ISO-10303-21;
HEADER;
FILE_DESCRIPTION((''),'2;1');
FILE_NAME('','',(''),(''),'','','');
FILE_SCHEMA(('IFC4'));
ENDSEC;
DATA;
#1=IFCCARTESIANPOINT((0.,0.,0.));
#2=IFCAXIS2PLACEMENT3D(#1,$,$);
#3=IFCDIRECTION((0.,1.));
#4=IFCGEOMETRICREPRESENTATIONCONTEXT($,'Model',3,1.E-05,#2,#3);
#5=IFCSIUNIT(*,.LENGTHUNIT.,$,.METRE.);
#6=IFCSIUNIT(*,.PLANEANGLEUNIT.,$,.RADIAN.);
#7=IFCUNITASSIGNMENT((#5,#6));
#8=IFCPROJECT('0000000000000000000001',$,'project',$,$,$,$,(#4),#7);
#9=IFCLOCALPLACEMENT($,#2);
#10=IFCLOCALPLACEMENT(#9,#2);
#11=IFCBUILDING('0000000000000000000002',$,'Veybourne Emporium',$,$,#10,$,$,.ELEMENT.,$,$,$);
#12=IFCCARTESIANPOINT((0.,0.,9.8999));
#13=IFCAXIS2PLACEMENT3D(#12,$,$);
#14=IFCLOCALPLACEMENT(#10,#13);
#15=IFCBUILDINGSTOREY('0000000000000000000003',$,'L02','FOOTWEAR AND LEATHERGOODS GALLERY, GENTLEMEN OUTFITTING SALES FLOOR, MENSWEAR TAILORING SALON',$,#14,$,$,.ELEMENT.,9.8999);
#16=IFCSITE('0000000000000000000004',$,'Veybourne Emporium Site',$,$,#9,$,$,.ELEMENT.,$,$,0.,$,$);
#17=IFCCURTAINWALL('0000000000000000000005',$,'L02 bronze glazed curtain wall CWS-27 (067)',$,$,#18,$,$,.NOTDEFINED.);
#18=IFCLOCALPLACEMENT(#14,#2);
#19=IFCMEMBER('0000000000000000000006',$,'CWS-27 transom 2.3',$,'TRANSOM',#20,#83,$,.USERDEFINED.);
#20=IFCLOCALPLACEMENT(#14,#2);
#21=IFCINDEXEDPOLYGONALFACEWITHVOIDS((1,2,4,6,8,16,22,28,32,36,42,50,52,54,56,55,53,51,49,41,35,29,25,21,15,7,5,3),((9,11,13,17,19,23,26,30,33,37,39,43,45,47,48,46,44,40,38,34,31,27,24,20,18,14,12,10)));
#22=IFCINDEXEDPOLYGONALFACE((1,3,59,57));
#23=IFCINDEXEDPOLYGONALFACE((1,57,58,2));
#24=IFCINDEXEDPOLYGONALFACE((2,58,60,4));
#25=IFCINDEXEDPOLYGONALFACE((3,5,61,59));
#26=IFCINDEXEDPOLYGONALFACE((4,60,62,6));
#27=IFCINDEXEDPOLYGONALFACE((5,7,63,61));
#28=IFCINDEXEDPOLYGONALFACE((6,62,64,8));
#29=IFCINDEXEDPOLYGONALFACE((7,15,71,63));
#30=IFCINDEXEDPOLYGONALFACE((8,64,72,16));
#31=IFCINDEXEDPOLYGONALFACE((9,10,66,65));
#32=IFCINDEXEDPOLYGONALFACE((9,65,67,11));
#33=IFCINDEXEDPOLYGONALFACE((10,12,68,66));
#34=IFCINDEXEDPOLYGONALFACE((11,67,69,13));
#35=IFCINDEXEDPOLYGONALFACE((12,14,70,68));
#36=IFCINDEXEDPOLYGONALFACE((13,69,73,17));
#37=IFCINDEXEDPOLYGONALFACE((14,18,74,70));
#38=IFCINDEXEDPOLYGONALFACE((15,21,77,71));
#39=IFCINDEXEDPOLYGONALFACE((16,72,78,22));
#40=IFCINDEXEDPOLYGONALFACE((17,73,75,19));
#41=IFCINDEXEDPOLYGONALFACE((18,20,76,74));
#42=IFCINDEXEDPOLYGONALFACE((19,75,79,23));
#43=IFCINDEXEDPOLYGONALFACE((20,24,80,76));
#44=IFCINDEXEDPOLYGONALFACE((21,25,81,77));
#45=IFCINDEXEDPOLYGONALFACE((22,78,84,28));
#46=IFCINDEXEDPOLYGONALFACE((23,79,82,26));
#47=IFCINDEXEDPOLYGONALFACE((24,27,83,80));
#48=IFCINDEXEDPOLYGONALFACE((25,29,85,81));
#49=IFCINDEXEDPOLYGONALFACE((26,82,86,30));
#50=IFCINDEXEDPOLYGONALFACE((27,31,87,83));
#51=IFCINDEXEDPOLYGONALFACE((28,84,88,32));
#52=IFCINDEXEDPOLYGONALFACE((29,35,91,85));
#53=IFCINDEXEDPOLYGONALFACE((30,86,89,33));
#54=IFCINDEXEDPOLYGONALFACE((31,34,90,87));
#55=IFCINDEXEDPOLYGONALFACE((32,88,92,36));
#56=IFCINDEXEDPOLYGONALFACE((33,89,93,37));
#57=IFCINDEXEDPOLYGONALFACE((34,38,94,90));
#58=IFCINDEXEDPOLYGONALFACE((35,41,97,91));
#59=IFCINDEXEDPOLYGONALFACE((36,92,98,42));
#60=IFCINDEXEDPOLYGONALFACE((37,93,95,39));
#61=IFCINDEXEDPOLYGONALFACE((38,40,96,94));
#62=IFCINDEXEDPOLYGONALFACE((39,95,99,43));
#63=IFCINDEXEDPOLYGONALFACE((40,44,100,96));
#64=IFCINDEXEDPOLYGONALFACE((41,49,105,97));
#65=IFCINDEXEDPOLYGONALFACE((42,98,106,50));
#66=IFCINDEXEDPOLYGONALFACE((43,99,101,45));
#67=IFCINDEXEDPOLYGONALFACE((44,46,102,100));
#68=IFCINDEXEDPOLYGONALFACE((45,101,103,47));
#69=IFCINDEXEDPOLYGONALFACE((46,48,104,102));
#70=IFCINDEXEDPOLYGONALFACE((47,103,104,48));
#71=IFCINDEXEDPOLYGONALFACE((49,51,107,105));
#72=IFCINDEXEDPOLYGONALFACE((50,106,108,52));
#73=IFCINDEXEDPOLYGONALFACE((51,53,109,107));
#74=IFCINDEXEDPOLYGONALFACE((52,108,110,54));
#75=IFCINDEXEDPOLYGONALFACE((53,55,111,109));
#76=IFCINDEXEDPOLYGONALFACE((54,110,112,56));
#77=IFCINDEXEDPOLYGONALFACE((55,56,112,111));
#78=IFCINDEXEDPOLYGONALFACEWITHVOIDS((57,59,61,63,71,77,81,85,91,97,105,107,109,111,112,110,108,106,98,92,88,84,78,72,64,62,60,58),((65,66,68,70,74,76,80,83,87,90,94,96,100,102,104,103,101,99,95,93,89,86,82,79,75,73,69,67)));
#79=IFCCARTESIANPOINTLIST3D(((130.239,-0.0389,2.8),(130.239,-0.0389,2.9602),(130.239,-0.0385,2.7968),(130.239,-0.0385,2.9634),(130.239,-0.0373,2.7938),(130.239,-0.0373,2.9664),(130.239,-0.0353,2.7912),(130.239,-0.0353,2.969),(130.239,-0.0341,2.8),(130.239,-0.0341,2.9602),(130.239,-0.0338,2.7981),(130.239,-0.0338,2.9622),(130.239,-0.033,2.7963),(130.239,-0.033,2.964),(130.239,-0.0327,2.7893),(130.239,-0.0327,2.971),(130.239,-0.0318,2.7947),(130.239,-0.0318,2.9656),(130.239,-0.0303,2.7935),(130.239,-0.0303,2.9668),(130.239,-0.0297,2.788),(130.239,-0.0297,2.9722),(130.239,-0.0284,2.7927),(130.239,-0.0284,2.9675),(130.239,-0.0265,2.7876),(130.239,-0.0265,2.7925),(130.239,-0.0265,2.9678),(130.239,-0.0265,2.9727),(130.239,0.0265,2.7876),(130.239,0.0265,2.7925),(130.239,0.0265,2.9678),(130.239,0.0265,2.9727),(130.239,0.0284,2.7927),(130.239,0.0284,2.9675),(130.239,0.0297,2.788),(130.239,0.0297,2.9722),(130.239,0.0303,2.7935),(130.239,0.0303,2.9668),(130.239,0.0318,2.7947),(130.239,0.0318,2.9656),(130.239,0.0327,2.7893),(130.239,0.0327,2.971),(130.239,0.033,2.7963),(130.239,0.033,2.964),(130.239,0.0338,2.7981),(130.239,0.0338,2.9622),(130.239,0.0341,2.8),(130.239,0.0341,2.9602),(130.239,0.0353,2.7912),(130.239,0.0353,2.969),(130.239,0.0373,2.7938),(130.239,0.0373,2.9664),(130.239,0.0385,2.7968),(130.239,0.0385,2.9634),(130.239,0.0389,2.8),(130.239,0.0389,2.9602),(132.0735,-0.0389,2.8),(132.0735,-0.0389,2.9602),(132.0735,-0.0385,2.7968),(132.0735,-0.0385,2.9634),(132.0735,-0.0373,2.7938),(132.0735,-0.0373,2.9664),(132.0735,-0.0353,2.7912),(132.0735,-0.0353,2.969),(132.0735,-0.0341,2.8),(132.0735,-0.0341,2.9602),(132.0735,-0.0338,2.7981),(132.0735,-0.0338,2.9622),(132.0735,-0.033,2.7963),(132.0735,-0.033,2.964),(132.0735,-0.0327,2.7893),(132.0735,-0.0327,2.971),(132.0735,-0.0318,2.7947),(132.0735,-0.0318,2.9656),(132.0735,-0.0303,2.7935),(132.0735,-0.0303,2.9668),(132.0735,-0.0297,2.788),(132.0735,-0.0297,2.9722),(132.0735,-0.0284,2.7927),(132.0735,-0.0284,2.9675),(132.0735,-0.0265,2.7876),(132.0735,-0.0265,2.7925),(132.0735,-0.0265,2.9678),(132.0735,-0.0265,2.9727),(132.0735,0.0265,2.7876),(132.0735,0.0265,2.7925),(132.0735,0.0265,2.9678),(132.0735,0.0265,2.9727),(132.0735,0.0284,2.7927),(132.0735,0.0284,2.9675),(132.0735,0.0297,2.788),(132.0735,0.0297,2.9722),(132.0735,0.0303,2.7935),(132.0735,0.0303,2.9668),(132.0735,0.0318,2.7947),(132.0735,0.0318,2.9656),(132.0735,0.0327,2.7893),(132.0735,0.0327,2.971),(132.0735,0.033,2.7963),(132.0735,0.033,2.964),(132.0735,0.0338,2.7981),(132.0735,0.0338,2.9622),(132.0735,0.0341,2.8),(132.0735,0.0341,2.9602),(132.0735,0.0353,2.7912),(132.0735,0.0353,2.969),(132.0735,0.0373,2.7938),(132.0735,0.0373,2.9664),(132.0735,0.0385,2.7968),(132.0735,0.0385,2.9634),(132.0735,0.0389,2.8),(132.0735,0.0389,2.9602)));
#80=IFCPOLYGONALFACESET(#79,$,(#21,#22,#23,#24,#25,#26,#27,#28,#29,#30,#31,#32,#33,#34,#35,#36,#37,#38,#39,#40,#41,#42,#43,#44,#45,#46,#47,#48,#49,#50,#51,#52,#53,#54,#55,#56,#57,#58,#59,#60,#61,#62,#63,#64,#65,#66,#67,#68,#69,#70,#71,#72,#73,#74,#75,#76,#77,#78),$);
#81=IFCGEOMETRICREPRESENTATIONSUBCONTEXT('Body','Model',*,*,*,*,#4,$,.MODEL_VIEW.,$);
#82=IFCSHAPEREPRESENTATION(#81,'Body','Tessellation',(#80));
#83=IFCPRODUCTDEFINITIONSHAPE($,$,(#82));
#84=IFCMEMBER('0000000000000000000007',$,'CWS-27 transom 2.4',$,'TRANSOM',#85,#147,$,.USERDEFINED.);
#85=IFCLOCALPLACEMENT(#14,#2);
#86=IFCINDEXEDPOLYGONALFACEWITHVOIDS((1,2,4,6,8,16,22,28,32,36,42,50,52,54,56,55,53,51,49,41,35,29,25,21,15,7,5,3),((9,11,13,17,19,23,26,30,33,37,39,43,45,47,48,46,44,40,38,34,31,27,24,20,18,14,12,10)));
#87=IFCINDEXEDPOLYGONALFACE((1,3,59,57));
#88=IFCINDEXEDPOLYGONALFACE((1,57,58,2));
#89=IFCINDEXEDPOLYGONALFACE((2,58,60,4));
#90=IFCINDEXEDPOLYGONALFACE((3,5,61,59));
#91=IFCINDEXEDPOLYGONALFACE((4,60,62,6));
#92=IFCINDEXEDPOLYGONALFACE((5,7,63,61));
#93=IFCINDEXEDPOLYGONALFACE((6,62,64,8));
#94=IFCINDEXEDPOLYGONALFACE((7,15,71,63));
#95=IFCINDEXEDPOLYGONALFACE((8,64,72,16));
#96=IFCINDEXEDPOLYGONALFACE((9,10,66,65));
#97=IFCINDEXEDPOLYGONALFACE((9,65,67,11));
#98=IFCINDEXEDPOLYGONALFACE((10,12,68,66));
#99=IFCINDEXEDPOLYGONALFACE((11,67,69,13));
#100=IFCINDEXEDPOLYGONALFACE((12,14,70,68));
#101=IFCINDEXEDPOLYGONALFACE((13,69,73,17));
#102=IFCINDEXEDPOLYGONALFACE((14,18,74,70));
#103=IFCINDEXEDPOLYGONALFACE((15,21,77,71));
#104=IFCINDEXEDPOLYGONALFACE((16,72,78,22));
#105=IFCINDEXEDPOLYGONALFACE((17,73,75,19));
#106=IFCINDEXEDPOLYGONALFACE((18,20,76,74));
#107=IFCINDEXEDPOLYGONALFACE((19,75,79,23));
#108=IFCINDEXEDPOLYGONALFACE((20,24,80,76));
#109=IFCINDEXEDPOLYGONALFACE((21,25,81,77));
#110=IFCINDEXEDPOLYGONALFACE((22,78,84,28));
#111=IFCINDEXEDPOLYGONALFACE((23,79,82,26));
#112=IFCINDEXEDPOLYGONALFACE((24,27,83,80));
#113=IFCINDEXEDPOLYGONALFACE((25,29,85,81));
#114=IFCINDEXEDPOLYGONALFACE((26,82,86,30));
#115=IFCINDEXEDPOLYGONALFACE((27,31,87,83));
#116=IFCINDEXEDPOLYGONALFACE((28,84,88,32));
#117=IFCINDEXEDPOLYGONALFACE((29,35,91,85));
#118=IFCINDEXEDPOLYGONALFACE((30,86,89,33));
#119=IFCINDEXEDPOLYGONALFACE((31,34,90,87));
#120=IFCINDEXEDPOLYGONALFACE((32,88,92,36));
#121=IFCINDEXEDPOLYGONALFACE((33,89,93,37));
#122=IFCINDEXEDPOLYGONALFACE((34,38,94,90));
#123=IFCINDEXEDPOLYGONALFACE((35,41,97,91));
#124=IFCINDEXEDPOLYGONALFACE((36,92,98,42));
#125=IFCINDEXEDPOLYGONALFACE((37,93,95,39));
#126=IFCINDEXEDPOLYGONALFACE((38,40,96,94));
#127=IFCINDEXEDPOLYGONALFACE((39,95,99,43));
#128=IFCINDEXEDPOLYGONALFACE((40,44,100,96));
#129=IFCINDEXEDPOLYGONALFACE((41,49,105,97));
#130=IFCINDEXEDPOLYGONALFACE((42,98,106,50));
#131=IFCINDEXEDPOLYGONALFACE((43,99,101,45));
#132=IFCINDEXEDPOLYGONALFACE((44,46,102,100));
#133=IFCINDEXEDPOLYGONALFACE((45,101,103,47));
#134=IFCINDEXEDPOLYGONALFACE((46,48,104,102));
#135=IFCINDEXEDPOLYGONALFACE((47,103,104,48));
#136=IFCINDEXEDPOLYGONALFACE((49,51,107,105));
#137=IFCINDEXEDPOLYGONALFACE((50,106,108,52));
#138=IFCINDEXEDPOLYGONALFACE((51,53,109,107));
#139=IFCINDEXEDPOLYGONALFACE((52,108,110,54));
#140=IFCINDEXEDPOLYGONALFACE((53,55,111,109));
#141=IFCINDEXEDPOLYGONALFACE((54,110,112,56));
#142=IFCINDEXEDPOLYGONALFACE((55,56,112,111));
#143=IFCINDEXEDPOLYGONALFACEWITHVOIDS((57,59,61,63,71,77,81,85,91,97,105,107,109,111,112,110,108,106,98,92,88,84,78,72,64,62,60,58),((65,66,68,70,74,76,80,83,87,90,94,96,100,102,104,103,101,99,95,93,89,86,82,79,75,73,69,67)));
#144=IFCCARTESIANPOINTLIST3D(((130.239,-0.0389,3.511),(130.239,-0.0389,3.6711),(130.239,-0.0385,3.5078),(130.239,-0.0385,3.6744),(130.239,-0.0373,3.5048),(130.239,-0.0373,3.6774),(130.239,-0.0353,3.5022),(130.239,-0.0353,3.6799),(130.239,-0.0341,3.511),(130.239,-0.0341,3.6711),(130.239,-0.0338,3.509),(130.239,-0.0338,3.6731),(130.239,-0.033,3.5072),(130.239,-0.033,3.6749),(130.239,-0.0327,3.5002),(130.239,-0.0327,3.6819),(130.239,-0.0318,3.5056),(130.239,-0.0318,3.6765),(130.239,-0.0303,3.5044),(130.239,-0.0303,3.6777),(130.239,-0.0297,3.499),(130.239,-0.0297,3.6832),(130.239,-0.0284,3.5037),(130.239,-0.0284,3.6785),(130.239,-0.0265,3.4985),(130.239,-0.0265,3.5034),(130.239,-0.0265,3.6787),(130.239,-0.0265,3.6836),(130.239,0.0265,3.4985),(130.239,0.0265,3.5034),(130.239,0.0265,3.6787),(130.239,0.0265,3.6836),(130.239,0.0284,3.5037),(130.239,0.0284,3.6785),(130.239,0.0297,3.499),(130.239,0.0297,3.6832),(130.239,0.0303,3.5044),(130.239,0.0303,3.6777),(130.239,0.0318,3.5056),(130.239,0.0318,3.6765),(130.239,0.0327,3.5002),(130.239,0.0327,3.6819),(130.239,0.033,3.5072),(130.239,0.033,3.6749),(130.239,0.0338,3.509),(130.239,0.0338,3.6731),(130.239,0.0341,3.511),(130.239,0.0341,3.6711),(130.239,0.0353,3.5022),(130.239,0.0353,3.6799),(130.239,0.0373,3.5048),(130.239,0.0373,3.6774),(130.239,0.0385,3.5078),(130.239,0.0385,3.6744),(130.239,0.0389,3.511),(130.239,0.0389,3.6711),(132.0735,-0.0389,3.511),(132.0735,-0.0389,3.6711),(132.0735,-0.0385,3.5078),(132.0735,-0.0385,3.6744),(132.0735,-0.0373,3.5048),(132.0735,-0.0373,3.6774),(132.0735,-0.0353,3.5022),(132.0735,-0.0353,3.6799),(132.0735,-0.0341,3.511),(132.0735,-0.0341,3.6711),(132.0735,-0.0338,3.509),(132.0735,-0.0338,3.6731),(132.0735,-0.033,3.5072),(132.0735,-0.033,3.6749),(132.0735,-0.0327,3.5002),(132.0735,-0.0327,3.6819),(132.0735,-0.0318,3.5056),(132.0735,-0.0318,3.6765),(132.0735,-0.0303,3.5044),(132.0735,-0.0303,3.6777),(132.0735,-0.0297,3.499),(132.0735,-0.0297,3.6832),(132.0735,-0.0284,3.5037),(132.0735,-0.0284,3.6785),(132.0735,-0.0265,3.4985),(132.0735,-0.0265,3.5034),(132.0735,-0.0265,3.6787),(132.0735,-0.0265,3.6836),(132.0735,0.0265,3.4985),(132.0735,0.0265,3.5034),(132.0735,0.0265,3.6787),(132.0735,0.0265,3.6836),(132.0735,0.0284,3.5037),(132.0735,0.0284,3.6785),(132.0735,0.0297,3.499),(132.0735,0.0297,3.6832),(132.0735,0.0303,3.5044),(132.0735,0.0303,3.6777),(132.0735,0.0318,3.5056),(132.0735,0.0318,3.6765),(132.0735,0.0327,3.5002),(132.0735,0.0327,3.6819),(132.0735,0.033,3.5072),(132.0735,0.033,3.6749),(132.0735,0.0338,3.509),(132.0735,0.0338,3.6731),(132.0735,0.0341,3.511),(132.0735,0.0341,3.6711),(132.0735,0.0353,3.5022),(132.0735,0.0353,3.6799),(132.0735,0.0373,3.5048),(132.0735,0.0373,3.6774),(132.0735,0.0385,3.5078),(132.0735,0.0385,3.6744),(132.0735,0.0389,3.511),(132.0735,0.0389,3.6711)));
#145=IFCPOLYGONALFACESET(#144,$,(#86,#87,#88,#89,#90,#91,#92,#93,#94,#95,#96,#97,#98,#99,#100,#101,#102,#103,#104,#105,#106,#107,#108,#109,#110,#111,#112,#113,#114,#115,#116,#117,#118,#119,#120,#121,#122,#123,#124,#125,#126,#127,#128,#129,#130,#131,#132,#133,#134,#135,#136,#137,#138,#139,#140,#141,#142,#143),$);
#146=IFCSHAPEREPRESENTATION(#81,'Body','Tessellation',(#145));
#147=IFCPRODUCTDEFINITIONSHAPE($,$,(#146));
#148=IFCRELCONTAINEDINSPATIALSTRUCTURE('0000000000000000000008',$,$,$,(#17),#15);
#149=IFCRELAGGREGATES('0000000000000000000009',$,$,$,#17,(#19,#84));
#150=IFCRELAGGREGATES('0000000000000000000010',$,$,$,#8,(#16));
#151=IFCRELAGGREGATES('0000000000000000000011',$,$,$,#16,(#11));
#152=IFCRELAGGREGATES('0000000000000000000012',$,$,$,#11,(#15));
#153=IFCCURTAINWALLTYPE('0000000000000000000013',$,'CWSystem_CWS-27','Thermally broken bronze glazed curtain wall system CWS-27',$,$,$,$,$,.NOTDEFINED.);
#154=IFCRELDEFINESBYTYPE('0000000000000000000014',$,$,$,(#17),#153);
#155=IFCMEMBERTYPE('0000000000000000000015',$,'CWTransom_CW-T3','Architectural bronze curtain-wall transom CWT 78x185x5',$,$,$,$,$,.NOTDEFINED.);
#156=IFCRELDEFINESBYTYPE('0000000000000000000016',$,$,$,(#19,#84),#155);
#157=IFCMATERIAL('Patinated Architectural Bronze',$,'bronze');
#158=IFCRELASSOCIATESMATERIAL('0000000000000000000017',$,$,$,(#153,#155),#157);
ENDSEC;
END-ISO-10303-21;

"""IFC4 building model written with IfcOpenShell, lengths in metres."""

from ifc_helpers import new_model, si_unit, direction, frame, origin, origin_2d, place, context, subcontext, project, spatial, hollow_rectangle, extrude, material, material_profile, profile_set, type_object, element, aggregate, save


model = new_model("IFC4")

# Units and contexts
model_context = context("Model", 3, precision=1e-05, world=origin(), true_north=direction((0.0, 1.0)))
body_context = subcontext(model_context, "Body", "Model", "MODEL_VIEW")
ifc_project = project(units=[si_unit("LENGTHUNIT", "METRE"), si_unit("PLANEANGLEUNIT", "RADIAN")], contexts=[model_context])

# Site, building, storey
site_placement = place(None, origin())
site = spatial("IfcSite", under=ifc_project, at=site_placement, Name="Veybourne Emporium Site", CompositionType="ELEMENT", RefElevation=0.0)
building_placement = place(site_placement, origin())
building = spatial("IfcBuilding", under=site, at=building_placement, Name="Veybourne Emporium", CompositionType="ELEMENT")
storey_placement = place(building_placement, frame((0.0, 0.0, 9.8999)))
storey = spatial("IfcBuildingStorey", under=building, at=storey_placement, Name="L02", Description="FOOTWEAR AND LEATHERGOODS GALLERY, GENTLEMEN OUTFITTING SALES FLOOR, MENSWEAR TAILORING SALON", CompositionType="ELEMENT", Elevation=9.8999)

# Curtain wall, members
ifc_material_1 = material(Name="Patinated Architectural Bronze", Category="bronze")
curtain_wall_type = type_object("IfcCurtainWallType", Name="CWSystem_CWS-27", Description="Thermally broken bronze glazed curtain wall system CWS-27", PredefinedType="NOTDEFINED", material=ifc_material_1)
curtain_wall_placement = place(storey_placement, origin())
curtain_wall = element("IfcCurtainWall", 1, at=curtain_wall_placement, inside=storey, type_object=curtain_wall_type, Name="L02 bronze glazed curtain wall CWS-27 (067)", PredefinedType="NOTDEFINED")
ifc_material_profile_1 = material_profile(ifc_material_1, hollow_rectangle(XDim=0.0779, YDim=0.1851, WallThickness=0.0049, InnerFilletRadius=0.0076, OuterFilletRadius=0.0125, at=origin_2d()), Name="CWT 78x185x5")
ifc_profile_set_1 = profile_set([ifc_material_profile_1], Name="Patinated Architectural Bronze")
member_type_1 = type_object("IfcMemberType", Name="CWTransom_CW-T3", Description="Architectural bronze curtain-wall transom CWT 78x185x5", PredefinedType="NOTDEFINED", material=ifc_profile_set_1)
member_1_placement = place(storey_placement, frame((132.0735, 0.0, 2.8801), z_axis=(-1.0, 0.0, 0.0), x_axis=(0.0, -1.0, 0.0)))
member_1 = element("IfcMember", 2, at=member_1_placement, type_object=member_type_1, Name="CWS-27 transom 2.3", ObjectType="TRANSOM", PredefinedType="USERDEFINED", context=body_context, shape_type="SweptSolid", body=[
    extrude(hollow_rectangle(XDim=0.0779, YDim=0.1851, WallThickness=0.0049, InnerFilletRadius=0.0076, OuterFilletRadius=0.0125, at=origin_2d()), origin(), (0.0, 0.0, 1.0), 1.8345),
])
member_2_placement = place(storey_placement, frame((132.0735, 0.0, 3.5911), z_axis=(-1.0, 0.0, 0.0), x_axis=(0.0, -1.0, 0.0)))
member_2 = element("IfcMember", 3, at=member_2_placement, type_object=member_type_1, Name="CWS-27 transom 2.4", ObjectType="TRANSOM", PredefinedType="USERDEFINED", context=body_context, shape_type="SweptSolid", body=[
    extrude(hollow_rectangle(XDim=0.0779, YDim=0.1851, WallThickness=0.0049, InnerFilletRadius=0.0076, OuterFilletRadius=0.0125, at=origin_2d()), origin(), (0.0, 0.0, 1.0), 1.8345),
])

aggregate(curtain_wall, [member_1, member_2])

save(model, "model.ifc")
